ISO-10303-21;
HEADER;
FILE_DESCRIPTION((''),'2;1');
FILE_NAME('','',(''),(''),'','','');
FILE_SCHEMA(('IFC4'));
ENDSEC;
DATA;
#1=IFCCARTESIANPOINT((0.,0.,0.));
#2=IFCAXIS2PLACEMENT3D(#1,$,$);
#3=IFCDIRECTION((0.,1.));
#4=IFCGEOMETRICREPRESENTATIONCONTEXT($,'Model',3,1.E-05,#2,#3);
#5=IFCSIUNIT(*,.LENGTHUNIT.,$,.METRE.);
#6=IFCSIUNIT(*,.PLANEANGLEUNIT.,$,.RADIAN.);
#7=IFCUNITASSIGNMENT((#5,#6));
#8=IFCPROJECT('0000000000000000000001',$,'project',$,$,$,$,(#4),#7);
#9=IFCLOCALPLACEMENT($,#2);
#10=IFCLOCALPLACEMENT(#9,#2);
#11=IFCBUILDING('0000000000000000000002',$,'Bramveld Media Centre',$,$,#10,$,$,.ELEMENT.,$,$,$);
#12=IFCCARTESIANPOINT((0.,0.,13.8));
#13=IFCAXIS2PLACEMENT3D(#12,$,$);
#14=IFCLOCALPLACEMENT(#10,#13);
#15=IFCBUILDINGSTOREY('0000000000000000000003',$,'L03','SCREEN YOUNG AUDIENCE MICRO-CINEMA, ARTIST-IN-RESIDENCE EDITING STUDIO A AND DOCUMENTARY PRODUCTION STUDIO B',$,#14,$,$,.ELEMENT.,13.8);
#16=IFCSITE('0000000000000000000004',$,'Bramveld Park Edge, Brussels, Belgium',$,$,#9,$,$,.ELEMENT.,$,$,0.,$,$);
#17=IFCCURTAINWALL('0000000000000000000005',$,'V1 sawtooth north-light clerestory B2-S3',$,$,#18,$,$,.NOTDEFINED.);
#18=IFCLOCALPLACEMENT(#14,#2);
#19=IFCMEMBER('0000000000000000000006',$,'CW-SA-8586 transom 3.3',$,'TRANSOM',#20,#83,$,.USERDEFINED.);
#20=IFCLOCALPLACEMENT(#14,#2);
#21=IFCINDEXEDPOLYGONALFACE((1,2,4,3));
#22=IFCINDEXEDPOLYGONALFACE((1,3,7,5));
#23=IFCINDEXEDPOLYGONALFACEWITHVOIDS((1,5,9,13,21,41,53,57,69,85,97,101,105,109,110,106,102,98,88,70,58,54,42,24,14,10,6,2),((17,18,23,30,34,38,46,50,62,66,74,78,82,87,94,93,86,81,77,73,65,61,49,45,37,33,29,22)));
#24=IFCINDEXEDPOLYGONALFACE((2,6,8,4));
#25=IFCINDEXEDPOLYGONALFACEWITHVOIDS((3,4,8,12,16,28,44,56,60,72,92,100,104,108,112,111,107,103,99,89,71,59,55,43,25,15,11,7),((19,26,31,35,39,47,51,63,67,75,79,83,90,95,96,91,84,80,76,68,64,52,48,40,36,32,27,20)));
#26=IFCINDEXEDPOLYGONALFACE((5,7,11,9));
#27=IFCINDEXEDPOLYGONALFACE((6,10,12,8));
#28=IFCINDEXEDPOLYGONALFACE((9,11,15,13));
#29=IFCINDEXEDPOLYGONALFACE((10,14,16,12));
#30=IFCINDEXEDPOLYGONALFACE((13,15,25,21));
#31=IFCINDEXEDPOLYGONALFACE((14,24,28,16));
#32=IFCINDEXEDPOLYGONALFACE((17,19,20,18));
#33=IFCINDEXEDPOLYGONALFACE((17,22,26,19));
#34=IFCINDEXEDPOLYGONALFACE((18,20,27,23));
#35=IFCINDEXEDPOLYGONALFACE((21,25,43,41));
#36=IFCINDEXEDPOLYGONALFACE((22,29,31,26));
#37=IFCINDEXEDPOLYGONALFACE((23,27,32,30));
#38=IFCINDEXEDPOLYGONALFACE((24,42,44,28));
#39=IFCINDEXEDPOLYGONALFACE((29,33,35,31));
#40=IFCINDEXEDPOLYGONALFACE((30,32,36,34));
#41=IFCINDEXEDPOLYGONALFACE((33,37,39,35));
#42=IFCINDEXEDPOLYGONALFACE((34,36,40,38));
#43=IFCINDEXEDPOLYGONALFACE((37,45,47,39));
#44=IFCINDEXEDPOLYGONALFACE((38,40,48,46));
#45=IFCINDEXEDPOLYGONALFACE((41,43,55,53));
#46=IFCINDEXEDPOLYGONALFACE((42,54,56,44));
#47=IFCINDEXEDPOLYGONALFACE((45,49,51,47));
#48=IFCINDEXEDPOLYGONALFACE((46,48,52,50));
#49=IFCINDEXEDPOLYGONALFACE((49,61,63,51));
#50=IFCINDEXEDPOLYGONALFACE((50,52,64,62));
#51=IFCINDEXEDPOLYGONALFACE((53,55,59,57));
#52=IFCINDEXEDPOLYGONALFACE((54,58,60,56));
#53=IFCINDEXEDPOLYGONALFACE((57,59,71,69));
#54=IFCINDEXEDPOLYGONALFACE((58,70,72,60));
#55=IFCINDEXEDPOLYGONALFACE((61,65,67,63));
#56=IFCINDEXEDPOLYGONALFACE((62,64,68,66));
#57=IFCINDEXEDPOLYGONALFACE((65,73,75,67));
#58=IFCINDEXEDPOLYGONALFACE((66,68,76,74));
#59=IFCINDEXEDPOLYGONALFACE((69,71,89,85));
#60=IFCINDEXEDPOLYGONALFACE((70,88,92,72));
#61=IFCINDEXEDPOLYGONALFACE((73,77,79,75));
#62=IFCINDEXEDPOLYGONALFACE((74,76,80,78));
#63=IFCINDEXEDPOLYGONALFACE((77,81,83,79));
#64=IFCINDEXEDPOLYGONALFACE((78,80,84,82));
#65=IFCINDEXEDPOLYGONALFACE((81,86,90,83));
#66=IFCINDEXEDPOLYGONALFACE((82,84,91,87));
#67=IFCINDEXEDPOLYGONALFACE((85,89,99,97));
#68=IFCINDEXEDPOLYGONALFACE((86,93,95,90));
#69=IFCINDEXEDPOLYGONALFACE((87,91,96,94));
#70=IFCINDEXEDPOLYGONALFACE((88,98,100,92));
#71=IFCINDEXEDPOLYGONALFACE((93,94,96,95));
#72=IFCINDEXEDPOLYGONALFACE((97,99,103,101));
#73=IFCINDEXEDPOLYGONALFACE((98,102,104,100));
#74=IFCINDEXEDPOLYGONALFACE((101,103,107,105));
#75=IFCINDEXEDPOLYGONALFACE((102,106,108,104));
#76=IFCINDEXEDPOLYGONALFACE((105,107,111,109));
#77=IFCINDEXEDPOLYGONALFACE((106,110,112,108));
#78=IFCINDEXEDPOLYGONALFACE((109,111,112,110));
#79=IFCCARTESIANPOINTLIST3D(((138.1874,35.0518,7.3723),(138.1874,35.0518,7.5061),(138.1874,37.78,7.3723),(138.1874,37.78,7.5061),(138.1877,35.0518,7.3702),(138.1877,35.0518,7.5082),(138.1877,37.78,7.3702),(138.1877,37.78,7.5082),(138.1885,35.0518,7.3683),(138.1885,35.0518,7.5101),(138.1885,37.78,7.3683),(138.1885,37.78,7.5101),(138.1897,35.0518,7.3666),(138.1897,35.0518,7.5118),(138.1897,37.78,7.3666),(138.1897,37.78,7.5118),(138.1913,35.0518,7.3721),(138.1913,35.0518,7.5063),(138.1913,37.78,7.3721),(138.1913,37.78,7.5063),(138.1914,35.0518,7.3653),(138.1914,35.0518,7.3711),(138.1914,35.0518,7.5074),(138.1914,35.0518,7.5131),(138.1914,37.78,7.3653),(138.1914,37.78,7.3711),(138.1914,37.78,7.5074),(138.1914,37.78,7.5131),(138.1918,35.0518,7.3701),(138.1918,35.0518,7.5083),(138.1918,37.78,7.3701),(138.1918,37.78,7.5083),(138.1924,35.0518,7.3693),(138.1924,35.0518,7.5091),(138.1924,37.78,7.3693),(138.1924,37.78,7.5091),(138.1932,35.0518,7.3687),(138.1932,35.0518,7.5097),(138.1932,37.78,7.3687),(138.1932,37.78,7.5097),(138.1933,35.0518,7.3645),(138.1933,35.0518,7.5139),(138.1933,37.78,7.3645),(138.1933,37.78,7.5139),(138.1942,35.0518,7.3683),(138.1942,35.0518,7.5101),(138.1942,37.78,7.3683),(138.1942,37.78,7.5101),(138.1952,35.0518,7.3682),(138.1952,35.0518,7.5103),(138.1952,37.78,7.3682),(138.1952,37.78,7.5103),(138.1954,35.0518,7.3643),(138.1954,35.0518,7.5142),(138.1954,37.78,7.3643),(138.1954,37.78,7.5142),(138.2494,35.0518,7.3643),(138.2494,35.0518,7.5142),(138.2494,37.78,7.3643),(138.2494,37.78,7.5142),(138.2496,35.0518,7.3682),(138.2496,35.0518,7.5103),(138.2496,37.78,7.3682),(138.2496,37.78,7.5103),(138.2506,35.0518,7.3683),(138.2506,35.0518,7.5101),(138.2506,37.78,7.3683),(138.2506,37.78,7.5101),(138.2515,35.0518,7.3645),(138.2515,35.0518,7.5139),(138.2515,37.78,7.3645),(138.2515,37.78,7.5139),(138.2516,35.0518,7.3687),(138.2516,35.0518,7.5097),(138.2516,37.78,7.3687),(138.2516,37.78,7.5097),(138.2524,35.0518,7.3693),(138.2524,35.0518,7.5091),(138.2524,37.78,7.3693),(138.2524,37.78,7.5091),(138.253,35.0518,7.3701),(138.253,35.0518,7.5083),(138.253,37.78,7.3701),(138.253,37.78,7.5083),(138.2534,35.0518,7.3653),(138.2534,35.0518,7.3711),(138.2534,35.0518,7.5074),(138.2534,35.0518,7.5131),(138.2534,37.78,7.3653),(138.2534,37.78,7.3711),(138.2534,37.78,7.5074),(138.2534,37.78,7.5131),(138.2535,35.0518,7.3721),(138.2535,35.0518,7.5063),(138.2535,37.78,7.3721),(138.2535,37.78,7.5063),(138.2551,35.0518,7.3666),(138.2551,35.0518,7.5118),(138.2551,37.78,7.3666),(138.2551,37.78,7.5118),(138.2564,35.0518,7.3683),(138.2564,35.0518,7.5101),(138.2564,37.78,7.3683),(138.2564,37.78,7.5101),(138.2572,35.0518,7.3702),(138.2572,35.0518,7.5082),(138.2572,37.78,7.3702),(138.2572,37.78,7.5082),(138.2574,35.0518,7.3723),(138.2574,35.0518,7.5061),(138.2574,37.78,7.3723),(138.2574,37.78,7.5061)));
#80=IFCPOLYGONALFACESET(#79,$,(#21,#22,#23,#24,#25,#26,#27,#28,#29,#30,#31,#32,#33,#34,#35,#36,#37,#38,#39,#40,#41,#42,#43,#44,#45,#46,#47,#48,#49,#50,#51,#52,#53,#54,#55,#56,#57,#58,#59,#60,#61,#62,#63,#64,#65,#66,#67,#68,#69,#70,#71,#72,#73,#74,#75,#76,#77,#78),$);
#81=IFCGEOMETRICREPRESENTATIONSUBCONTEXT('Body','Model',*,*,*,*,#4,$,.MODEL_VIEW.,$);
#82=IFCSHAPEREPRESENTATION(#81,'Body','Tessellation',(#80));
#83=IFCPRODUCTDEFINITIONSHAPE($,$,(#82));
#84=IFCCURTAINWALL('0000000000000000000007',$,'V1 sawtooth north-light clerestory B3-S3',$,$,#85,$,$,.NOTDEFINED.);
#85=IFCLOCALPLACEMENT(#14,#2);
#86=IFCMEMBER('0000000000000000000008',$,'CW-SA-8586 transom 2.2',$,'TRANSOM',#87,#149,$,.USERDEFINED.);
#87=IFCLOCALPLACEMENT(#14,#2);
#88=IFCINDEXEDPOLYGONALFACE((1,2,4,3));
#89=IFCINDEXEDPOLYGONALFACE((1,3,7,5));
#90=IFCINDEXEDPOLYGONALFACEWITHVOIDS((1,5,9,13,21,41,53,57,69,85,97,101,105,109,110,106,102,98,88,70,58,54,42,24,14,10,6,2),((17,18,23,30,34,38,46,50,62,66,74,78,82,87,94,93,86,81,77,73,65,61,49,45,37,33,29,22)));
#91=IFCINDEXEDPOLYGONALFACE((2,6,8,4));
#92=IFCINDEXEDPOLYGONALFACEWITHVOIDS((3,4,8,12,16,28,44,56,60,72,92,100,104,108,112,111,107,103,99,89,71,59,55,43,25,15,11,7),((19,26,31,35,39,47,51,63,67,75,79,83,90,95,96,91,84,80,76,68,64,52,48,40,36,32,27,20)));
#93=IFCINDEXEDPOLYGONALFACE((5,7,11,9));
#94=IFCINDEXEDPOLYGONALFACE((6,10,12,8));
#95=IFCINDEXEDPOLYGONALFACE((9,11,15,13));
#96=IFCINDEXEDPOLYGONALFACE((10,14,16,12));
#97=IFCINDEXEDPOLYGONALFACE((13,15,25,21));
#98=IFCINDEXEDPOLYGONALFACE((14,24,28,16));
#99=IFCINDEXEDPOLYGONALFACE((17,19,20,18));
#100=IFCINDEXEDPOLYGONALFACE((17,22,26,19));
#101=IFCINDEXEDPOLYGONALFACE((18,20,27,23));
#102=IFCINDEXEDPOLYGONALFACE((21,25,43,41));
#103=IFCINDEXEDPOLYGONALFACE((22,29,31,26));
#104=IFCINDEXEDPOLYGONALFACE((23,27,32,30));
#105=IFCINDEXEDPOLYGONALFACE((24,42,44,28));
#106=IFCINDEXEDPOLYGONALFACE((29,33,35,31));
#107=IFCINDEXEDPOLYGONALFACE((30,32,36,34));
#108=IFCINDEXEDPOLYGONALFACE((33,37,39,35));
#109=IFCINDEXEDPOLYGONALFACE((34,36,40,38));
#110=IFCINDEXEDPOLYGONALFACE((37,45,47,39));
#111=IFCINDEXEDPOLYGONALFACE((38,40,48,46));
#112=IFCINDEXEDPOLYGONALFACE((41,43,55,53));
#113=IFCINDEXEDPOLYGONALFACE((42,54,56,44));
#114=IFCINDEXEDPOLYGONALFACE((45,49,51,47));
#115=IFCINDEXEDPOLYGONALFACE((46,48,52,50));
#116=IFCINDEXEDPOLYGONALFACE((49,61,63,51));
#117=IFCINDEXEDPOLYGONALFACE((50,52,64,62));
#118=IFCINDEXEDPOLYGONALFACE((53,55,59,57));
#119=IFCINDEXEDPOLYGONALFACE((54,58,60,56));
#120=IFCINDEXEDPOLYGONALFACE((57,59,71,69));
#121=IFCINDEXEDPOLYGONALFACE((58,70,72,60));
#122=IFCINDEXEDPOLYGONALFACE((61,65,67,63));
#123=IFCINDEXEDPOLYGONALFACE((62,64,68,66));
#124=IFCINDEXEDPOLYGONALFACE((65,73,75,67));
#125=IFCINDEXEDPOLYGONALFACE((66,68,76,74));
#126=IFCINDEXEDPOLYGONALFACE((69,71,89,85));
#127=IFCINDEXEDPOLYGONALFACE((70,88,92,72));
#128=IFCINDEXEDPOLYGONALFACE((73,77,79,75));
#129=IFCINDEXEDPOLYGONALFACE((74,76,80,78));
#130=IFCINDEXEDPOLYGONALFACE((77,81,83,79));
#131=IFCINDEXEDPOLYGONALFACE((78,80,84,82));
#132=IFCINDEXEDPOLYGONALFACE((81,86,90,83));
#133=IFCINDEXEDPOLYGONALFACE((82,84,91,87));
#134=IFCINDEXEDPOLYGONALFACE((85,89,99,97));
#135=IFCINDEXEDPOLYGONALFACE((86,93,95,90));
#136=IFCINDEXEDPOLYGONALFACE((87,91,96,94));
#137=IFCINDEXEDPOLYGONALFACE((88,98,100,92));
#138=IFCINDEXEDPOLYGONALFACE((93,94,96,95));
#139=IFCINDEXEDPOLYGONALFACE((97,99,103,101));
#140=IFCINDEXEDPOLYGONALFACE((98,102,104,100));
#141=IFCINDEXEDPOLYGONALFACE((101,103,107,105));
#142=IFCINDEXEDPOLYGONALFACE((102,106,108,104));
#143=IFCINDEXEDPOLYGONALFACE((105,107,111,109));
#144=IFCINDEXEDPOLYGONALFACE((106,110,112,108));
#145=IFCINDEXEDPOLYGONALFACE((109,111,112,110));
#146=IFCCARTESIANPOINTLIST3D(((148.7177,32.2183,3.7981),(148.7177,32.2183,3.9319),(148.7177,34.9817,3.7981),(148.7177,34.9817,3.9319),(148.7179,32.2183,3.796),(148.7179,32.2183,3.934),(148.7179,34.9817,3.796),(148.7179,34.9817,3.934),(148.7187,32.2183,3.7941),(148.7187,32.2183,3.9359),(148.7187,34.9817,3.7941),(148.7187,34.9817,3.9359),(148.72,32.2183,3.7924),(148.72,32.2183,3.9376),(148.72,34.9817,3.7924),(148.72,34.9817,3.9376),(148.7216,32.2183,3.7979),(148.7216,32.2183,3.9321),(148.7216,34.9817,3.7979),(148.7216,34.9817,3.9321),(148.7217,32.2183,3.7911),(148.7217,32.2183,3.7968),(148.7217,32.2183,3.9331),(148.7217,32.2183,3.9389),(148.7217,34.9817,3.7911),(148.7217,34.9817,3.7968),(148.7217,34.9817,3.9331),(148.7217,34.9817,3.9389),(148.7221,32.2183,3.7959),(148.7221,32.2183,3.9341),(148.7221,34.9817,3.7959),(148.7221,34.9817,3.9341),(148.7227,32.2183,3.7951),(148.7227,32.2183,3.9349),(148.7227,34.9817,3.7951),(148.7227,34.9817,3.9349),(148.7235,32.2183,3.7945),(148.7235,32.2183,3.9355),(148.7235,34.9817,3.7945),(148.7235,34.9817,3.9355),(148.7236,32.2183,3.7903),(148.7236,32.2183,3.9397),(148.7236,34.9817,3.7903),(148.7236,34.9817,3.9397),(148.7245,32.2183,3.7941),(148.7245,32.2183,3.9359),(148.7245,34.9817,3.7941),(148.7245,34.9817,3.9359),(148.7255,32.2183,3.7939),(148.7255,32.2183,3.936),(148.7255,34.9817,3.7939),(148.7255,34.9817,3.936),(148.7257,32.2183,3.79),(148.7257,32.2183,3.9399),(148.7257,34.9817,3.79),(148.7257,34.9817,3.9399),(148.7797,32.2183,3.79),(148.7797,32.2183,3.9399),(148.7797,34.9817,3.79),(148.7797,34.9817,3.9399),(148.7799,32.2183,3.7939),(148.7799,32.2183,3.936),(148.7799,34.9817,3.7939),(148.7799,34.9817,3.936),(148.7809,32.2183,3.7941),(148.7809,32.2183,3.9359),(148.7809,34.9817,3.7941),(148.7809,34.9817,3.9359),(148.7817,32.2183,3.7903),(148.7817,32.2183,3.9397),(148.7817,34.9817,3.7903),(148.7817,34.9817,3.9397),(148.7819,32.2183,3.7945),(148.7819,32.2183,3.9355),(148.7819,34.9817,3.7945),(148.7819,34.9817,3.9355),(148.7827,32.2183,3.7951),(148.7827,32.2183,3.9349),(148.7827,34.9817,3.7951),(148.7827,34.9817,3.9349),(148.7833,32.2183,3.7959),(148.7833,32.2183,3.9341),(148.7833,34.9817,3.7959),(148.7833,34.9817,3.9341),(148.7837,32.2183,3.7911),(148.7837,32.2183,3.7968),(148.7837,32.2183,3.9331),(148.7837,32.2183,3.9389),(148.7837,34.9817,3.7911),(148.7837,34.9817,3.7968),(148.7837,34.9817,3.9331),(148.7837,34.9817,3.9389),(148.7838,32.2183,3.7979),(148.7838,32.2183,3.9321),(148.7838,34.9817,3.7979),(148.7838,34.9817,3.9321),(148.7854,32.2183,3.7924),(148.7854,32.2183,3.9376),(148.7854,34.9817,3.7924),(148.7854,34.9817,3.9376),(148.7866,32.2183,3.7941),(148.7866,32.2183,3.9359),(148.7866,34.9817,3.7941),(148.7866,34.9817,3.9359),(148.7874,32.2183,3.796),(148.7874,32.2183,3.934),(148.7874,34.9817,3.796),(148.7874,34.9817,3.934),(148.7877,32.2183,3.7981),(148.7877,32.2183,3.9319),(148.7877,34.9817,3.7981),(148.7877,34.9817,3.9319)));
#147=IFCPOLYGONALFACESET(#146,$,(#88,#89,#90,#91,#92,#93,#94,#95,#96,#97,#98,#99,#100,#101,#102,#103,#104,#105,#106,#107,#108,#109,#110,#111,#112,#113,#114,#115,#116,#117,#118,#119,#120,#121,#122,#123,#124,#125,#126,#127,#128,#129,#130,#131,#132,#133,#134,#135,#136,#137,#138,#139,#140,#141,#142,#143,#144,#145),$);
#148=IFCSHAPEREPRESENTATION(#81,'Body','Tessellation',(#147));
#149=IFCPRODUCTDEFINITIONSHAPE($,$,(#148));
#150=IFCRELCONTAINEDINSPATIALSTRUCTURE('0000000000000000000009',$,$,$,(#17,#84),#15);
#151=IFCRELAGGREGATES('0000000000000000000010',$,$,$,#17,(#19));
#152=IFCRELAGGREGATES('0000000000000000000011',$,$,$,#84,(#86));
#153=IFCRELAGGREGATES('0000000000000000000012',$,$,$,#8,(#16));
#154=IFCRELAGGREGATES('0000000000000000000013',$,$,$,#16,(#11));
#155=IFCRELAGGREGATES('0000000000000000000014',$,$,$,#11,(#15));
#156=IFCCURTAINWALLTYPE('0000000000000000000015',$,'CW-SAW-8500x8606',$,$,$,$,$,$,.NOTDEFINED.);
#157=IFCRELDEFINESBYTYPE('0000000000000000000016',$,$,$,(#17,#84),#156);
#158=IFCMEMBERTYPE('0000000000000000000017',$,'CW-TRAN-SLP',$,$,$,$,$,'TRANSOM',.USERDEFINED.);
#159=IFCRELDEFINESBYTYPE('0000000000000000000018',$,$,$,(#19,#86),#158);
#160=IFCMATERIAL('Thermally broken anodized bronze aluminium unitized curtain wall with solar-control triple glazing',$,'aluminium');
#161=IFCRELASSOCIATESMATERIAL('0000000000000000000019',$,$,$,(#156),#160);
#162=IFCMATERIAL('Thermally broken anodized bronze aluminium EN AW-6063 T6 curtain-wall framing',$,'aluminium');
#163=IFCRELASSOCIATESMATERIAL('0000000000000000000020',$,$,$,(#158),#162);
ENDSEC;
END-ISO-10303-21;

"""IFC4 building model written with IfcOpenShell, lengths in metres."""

from ifc_helpers import new_model, si_unit, direction, frame, origin, origin_2d, place, context, subcontext, project, spatial, hollow_rectangle, extrude, material, material_profile, profile_set, type_object, element, aggregate, save


model = new_model("IFC4")

# Units and contexts
model_context = context("Model", 3, precision=1e-05, world=origin(), true_north=direction((0.0, 1.0)))
body_context = subcontext(model_context, "Body", "Model", "MODEL_VIEW")
ifc_project = project(units=[si_unit("LENGTHUNIT", "METRE"), si_unit("PLANEANGLEUNIT", "RADIAN")], contexts=[model_context])

# Site, building, storey
site_placement = place(None, origin())
site = spatial("IfcSite", under=ifc_project, at=site_placement, Name="Bramveld Park Edge, Brussels, Belgium", CompositionType="ELEMENT", RefElevation=0.0)
building_placement = place(site_placement, origin())
building = spatial("IfcBuilding", under=site, at=building_placement, Name="Bramveld Media Centre", CompositionType="ELEMENT")
storey_placement = place(building_placement, frame((0.0, 0.0, 13.8)))
storey = spatial("IfcBuildingStorey", under=building, at=storey_placement, Name="L03", Description="SCREEN YOUNG AUDIENCE MICRO-CINEMA, ARTIST-IN-RESIDENCE EDITING STUDIO A AND DOCUMENTARY PRODUCTION STUDIO B", CompositionType="ELEMENT", Elevation=13.8)

# Curtain walls, members
ifc_material_1 = material(Name="Thermally broken anodized bronze aluminium unitized curtain wall with solar-control triple glazing", Category="aluminium")
curtain_wall_type = type_object("IfcCurtainWallType", Name="CW-SAW-8500x8606", PredefinedType="NOTDEFINED", material=ifc_material_1)
curtain_wall_1_placement = place(storey_placement, origin())
curtain_wall_1 = element("IfcCurtainWall", 1, at=curtain_wall_1_placement, inside=storey, type_object=curtain_wall_type, Name="V1 sawtooth north-light clerestory B2-S3", PredefinedType="NOTDEFINED")
ifc_material_2 = material(Name="Thermally broken anodized bronze aluminium EN AW-6063 T6 curtain-wall framing", Category="aluminium")
ifc_material_profile_1 = material_profile(ifc_material_2, hollow_rectangle(XDim=0.0701, YDim=0.1499, WallThickness=0.0039, InnerFilletRadius=0.0039, OuterFilletRadius=0.0081, at=origin_2d()), Name="AL-TRAN 70x150")
ifc_profile_set_1 = profile_set([ifc_material_profile_1], Name="Thermally broken anodized bronze aluminium EN AW-6063 T6 curtain-wall framing")
member_type_1 = type_object("IfcMemberType", Name="CW-TRAN-SLP", ElementType="TRANSOM", PredefinedType="USERDEFINED", material=ifc_profile_set_1)
member_1_placement = place(storey_placement, frame((138.2224, 35.0518, 7.4392), z_axis=(0.0, 1.0, 0.0), x_axis=(-1.0, 0.0, 0.0)))
member_1 = element("IfcMember", 2, at=member_1_placement, type_object=member_type_1, Name="CW-SA-8586 transom 3.3", ObjectType="TRANSOM", PredefinedType="USERDEFINED", context=body_context, shape_type="SweptSolid", body=[
    extrude(hollow_rectangle(XDim=0.0701, YDim=0.1499, WallThickness=0.0039, InnerFilletRadius=0.0039, OuterFilletRadius=0.0081, at=origin_2d()), origin(), (0.0, 0.0, 1.0), 2.7283),
])
curtain_wall_2_placement = place(storey_placement, origin())
curtain_wall_2 = element("IfcCurtainWall", 3, at=curtain_wall_2_placement, inside=storey, type_object=curtain_wall_type, Name="V1 sawtooth north-light clerestory B3-S3", PredefinedType="NOTDEFINED")
member_2_placement = place(storey_placement, frame((148.7527, 32.2183, 3.865), z_axis=(0.0, 1.0, 0.0), x_axis=(-1.0, 0.0, 0.0)))
member_2 = element("IfcMember", 4, at=member_2_placement, type_object=member_type_1, Name="CW-SA-8586 transom 2.2", ObjectType="TRANSOM", PredefinedType="USERDEFINED", context=body_context, shape_type="SweptSolid", body=[
    extrude(hollow_rectangle(XDim=0.0701, YDim=0.1499, WallThickness=0.0039, InnerFilletRadius=0.0039, OuterFilletRadius=0.0081, at=origin_2d()), origin(), (0.0, 0.0, 1.0), 2.7634),
])

aggregate(curtain_wall_1, [member_1])
aggregate(curtain_wall_2, [member_2])

save(model, "model.ifc")
